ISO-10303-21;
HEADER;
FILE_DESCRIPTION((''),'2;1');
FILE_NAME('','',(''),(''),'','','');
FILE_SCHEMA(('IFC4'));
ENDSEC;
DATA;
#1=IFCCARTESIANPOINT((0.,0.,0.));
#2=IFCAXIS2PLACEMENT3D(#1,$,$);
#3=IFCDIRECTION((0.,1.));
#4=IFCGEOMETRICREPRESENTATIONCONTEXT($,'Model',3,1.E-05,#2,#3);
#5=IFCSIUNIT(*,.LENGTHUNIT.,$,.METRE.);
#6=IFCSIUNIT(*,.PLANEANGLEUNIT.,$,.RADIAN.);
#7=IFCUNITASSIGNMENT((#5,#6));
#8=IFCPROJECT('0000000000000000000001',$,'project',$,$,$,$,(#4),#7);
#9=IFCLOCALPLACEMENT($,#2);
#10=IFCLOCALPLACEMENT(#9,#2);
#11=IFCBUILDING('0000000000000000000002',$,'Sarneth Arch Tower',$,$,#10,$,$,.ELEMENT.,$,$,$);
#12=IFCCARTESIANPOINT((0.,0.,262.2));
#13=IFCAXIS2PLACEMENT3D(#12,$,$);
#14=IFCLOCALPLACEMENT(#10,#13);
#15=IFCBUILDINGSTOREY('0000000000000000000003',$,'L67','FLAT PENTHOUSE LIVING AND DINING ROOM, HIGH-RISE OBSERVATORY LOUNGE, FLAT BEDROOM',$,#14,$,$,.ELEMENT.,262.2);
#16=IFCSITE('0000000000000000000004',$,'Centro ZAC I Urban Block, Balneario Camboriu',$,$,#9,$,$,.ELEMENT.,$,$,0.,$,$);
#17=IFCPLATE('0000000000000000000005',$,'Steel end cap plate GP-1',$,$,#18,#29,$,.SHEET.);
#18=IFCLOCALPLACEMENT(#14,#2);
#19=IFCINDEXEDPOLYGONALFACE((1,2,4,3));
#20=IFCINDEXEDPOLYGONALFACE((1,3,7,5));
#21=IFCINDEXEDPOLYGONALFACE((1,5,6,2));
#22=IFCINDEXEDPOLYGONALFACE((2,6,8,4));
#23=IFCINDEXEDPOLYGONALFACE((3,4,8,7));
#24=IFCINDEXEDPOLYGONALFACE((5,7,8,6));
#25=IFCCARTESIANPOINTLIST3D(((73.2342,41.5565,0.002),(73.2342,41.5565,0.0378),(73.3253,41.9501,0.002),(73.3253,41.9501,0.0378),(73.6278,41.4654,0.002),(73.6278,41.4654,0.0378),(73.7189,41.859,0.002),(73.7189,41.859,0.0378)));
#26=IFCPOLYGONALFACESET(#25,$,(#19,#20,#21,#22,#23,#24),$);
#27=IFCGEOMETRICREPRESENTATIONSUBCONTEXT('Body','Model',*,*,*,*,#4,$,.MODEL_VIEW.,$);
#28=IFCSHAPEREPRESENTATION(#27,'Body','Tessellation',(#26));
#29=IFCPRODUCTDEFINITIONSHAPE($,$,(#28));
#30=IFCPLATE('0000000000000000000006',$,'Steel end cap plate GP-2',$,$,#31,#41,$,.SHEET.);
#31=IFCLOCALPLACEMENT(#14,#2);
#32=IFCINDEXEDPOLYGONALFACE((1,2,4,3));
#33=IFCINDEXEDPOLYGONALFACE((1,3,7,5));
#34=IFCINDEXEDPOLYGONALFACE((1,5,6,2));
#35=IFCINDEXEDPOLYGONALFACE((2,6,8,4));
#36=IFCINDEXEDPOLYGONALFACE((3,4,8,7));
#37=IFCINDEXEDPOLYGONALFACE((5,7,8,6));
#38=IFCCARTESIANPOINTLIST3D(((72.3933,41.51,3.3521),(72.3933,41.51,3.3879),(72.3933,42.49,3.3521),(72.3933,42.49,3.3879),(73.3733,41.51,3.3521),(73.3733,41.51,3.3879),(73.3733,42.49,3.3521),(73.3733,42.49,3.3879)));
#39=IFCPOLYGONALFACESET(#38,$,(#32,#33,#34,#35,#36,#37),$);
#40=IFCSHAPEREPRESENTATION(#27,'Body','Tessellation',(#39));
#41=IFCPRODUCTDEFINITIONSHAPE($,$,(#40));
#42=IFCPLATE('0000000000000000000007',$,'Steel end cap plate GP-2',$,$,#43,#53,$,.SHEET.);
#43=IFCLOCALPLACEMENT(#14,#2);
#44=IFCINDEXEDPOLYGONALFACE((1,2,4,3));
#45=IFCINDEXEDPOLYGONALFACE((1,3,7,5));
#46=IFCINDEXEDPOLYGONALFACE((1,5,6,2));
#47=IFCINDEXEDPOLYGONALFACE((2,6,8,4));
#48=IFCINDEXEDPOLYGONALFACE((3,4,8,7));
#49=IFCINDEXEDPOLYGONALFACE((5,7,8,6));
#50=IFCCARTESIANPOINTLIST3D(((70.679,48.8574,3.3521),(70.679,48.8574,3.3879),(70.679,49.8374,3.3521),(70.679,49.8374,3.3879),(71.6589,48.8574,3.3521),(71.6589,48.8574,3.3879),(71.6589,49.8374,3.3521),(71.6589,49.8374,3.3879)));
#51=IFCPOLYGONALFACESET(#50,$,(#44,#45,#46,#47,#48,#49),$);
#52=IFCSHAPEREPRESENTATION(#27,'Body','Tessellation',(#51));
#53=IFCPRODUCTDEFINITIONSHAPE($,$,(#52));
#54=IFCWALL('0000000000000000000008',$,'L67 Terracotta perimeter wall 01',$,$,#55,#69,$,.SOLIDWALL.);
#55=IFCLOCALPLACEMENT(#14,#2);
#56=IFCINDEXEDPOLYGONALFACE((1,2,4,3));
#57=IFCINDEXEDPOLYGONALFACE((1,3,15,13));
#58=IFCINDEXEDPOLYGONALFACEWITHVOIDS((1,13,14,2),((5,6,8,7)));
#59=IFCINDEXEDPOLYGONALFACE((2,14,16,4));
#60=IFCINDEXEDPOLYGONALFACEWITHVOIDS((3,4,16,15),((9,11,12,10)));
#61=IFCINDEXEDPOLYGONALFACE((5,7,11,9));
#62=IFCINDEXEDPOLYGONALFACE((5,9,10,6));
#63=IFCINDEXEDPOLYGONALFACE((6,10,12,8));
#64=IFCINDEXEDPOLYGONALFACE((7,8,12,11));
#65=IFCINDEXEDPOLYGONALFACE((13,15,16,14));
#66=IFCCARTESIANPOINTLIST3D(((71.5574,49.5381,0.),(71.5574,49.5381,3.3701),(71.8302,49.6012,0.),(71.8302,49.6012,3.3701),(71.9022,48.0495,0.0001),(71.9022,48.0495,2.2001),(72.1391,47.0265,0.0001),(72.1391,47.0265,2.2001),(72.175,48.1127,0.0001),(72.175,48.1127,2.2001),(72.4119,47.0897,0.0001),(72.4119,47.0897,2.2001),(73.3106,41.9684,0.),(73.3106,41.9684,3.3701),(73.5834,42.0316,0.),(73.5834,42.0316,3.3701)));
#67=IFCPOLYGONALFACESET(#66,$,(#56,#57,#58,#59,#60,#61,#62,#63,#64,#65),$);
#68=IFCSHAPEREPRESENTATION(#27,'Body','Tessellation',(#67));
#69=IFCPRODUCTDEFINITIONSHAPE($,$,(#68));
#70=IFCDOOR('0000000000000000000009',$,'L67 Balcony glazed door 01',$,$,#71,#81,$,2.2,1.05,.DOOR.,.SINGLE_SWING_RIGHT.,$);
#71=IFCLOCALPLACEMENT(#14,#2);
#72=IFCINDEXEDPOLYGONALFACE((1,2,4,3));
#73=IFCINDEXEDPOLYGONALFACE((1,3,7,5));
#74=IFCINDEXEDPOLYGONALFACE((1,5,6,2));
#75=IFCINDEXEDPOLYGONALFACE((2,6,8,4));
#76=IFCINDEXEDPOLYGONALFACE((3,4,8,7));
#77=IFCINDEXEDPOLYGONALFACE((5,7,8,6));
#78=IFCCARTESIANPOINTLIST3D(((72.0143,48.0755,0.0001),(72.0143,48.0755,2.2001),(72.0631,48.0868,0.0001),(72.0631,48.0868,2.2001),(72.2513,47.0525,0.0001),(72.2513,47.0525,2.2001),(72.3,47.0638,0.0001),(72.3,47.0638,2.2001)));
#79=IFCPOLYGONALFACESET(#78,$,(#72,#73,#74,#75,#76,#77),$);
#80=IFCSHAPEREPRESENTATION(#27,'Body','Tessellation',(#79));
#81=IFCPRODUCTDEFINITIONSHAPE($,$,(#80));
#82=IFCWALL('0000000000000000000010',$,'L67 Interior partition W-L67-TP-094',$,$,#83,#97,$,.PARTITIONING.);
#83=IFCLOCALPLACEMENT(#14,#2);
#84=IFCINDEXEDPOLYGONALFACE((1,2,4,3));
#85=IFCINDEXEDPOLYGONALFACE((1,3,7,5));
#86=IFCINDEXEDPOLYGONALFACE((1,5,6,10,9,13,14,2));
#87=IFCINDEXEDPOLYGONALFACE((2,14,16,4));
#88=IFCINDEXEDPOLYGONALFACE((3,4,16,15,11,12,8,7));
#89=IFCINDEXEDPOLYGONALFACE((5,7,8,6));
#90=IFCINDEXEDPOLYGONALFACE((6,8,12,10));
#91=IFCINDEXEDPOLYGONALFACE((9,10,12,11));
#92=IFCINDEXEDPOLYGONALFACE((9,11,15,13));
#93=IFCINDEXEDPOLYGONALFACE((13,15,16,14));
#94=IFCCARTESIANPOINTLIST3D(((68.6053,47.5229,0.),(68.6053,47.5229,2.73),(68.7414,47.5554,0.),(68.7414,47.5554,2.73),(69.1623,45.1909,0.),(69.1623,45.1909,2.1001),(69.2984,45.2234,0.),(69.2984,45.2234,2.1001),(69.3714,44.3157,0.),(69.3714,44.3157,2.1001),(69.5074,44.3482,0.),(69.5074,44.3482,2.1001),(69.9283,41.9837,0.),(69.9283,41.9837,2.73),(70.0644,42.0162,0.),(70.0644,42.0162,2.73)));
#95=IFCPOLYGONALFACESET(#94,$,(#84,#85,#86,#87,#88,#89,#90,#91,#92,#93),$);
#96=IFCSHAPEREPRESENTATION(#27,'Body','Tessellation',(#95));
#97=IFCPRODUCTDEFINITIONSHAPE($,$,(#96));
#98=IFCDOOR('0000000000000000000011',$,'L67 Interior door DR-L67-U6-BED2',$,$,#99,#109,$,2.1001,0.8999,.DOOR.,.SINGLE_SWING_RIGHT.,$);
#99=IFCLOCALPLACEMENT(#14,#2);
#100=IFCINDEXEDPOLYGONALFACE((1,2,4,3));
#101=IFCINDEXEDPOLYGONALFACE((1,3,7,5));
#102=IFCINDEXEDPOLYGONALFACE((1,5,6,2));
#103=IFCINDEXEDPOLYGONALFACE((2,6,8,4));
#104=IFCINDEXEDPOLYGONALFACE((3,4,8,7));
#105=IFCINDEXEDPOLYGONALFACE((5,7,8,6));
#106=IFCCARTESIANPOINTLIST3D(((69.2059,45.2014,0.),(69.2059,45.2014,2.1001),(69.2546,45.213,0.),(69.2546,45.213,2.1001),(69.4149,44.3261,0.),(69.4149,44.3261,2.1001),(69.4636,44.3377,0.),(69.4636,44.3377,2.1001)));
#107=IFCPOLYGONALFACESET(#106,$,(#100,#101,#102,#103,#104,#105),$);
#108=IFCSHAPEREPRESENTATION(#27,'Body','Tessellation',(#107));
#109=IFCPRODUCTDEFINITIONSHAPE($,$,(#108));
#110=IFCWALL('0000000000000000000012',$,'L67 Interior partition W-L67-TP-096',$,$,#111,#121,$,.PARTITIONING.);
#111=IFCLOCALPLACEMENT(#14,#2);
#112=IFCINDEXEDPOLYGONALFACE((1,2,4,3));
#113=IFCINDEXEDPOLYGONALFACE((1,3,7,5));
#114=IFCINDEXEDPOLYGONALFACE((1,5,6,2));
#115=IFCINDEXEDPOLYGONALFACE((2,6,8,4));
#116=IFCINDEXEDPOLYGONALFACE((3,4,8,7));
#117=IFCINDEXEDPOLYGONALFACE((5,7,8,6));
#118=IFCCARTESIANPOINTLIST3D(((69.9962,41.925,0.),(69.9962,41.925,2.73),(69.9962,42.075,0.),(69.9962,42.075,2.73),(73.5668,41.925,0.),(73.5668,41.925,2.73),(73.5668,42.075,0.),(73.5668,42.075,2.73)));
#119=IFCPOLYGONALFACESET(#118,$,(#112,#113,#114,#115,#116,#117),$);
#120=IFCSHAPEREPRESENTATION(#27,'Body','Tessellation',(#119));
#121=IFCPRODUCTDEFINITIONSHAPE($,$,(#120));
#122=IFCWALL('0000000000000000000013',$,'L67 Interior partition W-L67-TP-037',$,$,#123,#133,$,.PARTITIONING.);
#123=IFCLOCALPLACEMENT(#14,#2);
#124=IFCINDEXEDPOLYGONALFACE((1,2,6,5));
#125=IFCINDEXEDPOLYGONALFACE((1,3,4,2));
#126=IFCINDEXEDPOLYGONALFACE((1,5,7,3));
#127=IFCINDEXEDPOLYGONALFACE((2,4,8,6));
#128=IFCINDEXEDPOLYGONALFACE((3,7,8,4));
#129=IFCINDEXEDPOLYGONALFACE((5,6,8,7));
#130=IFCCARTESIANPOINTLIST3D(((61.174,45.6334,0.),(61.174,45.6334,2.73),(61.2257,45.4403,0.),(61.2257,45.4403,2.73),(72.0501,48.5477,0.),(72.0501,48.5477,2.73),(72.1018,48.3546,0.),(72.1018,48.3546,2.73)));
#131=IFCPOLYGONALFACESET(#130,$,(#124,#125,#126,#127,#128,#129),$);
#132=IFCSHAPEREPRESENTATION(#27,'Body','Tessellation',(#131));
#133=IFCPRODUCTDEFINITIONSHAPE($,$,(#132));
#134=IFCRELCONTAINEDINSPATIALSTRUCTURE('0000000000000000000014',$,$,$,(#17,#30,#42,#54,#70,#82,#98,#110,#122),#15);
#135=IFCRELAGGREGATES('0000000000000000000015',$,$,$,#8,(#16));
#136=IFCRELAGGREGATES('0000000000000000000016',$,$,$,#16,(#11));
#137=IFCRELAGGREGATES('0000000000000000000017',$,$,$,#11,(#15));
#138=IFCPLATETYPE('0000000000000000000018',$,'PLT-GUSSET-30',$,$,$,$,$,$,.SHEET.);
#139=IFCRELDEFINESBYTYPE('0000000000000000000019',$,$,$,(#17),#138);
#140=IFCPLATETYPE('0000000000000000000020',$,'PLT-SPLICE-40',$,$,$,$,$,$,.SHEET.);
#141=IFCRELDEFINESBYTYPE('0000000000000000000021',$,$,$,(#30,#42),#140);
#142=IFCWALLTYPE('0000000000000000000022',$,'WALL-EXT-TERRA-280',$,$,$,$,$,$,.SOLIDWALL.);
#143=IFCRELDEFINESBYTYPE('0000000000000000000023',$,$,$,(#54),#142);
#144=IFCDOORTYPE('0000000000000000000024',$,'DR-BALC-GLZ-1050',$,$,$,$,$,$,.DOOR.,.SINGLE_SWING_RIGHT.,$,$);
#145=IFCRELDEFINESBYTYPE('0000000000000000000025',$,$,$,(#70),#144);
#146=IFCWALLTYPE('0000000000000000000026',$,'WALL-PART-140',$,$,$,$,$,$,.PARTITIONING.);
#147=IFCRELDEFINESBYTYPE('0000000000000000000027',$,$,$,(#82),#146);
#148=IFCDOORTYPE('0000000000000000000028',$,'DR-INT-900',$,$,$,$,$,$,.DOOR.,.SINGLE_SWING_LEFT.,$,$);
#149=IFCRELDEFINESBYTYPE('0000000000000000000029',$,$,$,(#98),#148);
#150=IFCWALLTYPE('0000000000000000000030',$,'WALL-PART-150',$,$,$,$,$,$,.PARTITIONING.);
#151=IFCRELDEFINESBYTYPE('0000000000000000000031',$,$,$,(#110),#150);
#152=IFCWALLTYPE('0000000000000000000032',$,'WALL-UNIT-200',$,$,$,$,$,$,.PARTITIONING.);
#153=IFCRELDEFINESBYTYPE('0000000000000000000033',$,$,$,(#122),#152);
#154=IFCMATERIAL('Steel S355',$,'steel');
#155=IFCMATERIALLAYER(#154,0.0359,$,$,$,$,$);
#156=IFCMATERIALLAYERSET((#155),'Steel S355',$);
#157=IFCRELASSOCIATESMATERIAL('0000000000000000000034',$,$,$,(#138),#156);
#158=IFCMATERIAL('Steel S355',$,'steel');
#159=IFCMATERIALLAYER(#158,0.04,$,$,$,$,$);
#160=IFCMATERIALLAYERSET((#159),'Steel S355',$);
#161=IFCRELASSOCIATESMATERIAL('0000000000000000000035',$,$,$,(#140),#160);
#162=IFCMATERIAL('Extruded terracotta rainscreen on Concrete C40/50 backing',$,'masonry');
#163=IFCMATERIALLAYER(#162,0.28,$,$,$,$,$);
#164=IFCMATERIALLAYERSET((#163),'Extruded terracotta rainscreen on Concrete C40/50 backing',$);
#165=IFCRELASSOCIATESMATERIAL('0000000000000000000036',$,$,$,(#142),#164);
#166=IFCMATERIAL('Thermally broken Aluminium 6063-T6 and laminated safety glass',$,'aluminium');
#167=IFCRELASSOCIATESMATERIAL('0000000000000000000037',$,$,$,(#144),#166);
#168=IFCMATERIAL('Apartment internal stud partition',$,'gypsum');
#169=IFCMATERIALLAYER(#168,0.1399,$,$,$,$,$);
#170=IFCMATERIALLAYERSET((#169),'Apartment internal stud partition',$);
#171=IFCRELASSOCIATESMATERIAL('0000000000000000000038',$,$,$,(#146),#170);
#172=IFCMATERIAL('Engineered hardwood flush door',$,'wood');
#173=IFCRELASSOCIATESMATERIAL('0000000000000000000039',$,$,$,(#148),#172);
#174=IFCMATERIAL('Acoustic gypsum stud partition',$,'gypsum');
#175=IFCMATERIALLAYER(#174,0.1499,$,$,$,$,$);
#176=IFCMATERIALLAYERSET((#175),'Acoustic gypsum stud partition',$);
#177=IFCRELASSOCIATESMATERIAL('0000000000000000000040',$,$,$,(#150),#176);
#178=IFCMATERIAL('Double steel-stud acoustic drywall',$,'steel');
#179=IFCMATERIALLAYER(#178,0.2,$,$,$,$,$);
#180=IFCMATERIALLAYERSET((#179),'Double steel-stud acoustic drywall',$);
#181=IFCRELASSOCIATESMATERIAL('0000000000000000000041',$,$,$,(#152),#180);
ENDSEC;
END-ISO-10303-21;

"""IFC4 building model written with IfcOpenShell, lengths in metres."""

from ifc_helpers import new_model, si_unit, direction, frame, frame_2d, origin, origin_2d, place, context, subcontext, project, spatial, rectangle, extrude, material, layer, layer_set, type_object, element, fill, save


model = new_model("IFC4")

# Units and contexts
model_context = context("Model", 3, precision=1e-05, world=origin(), true_north=direction((0.0, 1.0)))
body_context = subcontext(model_context, "Body", "Model", "MODEL_VIEW")
ifc_project = project(units=[si_unit("LENGTHUNIT", "METRE"), si_unit("PLANEANGLEUNIT", "RADIAN")], contexts=[model_context])

# Site, building, storey
site_placement = place(None, origin())
site = spatial("IfcSite", under=ifc_project, at=site_placement, Name="Centro ZAC I Urban Block, Balneario Camboriu", CompositionType="ELEMENT", RefElevation=0.0)
building_placement = place(site_placement, origin())
building = spatial("IfcBuilding", under=site, at=building_placement, Name="Sarneth Arch Tower", CompositionType="ELEMENT")
storey_placement = place(building_placement, frame((0.0, 0.0, 262.2)))
storey = spatial("IfcBuildingStorey", under=building, at=storey_placement, Name="L67", Description="FLAT PENTHOUSE LIVING AND DINING ROOM, HIGH-RISE OBSERVATORY LOUNGE, FLAT BEDROOM", CompositionType="ELEMENT", Elevation=262.2)

# Plates
ifc_material_1 = material(Name="Steel S355", Category="steel")
ifc_layer_1 = layer(ifc_material_1, 0.0359)
ifc_layer_set_1 = layer_set([ifc_layer_1], Name="Steel S355")
plate_type_1 = type_object("IfcPlateType", Name="PLT-GUSSET-30", PredefinedType="SHEET", material=ifc_layer_set_1)
plate_1_placement = place(storey_placement, frame((73.4766, 41.7078, 0.002), z_axis=(0.0, 0.0, 1.0), x_axis=(0.225461, 0.974252, 0.0)))
element("IfcPlate", 1, at=plate_1_placement, inside=storey, type_object=plate_type_1, Name="Steel end cap plate GP-1", PredefinedType="SHEET", context=body_context, shape_type="SweptSolid", body=[
    extrude(rectangle(XDim=0.4041, YDim=0.4041, at=origin_2d()), origin(), (0.0, 0.0, 1.0), 0.0359),
])
ifc_material_2 = material(Name="Steel S355", Category="steel")
ifc_layer_2 = layer(ifc_material_2, 0.04)
ifc_layer_set_2 = layer_set([ifc_layer_2], Name="Steel S355")
plate_type_2 = type_object("IfcPlateType", Name="PLT-SPLICE-40", PredefinedType="SHEET", material=ifc_layer_set_2)
for number, where, z_axis, x_axis, name in (
    (2, (72.8833, 42.0, 3.3521), (0.0, 0.0, 1.0), (1.0, 0.0, 0.0), "Steel end cap plate GP-2"),
    (3, (71.1689, 49.3474, 3.3521), (0.0, 0.0, 1.0), (1.0, 0.0, 0.0), "Steel end cap plate GP-2"),
):
    element("IfcPlate", number, at=place(storey_placement, frame(where, z_axis=z_axis, x_axis=x_axis)), inside=storey, type_object=plate_type_2, Name=name, PredefinedType="SHEET", context=body_context, shape_type="SweptSolid", body=[
        extrude(rectangle(XDim=0.98, YDim=0.98, at=origin_2d()), origin(), (0.0, 0.0, 1.0), 0.0359),
    ])

# Walls, openings, doors
ifc_material_3 = material(Name="Extruded terracotta rainscreen on Concrete C40/50 backing", Category="masonry")
ifc_layer_3 = layer(ifc_material_3, 0.28)
ifc_layer_set_3 = layer_set([ifc_layer_3], Name="Extruded terracotta rainscreen on Concrete C40/50 backing")
wall_type_1 = type_object("IfcWallType", Name="WALL-EXT-TERRA-280", PredefinedType="SOLIDWALL", material=ifc_layer_set_3)
wall_1_placement = place(storey_placement, frame((73.447, 42.0, 0.0), z_axis=(0.0, 0.0, 1.0), x_axis=(-0.225635, 0.974212, 0.0)))
wall_1 = element("IfcWall", 4, at=wall_1_placement, inside=storey, type_object=wall_type_1, Name="L67 Terracotta perimeter wall 01", PredefinedType="SOLIDWALL", context=body_context, shape_type="SweptSolid", body=[
    extrude(rectangle(XDim=7.77, YDim=0.28, at=frame_2d((3.885, 0.0))), origin(), (0.0, 0.0, 1.0), 3.3701),
])
opening_1_placement = place(wall_1_placement, frame((5.1921, 0.0, 0.0)))
opening_1 = element("IfcOpeningElement", 5, at=opening_1_placement, cuts=wall_1, PredefinedType="OPENING", context=body_context, shape_type="SweptSolid", body=[
    extrude(rectangle(XDim=1.05, YDim=2.2, at=frame_2d((0.5249, 1.1001))), frame((0.0, 0.1499, 0.0), z_axis=(0.0, -1.0, 0.0), x_axis=(1.0, 0.0, 0.0)), (0.0, 0.0, 1.0), 0.3),
])
ifc_material_4 = material(Name="Thermally broken Aluminium 6063-T6 and laminated safety glass", Category="aluminium")
door_type_1 = type_object("IfcDoorType", Name="DR-BALC-GLZ-1050", OperationType="SINGLE_SWING_RIGHT", PredefinedType="DOOR", material=ifc_material_4)
door_1_placement = place(opening_1_placement, origin())
door_1 = element("IfcDoor", 6, at=door_1_placement, inside=storey, type_object=door_type_1, Name="L67 Balcony glazed door 01", OperationType="SINGLE_SWING_RIGHT", OverallHeight=2.2, OverallWidth=1.05, PredefinedType="DOOR", context=body_context, shape_type="SweptSolid", body=[
    extrude(rectangle(XDim=1.05, YDim=2.2, at=frame_2d((0.5249, 1.1001))), frame((0.0, 0.0249, 0.0), z_axis=(0.0, -1.0, 0.0), x_axis=(1.0, 0.0, 0.0)), (0.0, 0.0, 1.0), 0.05),
])
fill(opening_1, door_1)
ifc_material_5 = material(Name="Apartment internal stud partition", Category="gypsum")
ifc_layer_4 = layer(ifc_material_5, 0.1399)
ifc_layer_set_4 = layer_set([ifc_layer_4], Name="Apartment internal stud partition")
wall_type_2 = type_object("IfcWallType", Name="WALL-PART-140", PredefinedType="PARTITIONING", material=ifc_layer_set_4)
wall_2_placement = place(storey_placement, frame((68.6733, 47.5393, 0.0), z_axis=(0.0, 0.0, 1.0), x_axis=(0.232304, -0.972643, 0.0)))
wall_2 = element("IfcWall", 7, at=wall_2_placement, inside=storey, type_object=wall_type_2, Name="L67 Interior partition W-L67-TP-094", PredefinedType="PARTITIONING", context=body_context, shape_type="SweptSolid", body=[
    extrude(rectangle(XDim=5.6951, YDim=0.1399, at=frame_2d((2.8477, 0.0))), origin(), (0.0, 0.0, 1.0), 2.73),
])
opening_2_placement = place(wall_2_placement, frame((2.3977, 0.0, 0.0)))
opening_2 = element("IfcOpeningElement", 8, at=opening_2_placement, cuts=wall_2, PredefinedType="OPENING", context=body_context, shape_type="SweptSolid", body=[
    extrude(rectangle(XDim=0.8999, YDim=2.1001, at=frame_2d((0.45, 1.05))), frame((0.0, 0.0798, 0.0), z_axis=(0.0, -1.0, 0.0), x_axis=(1.0, 0.0, 0.0)), (0.0, 0.0, 1.0), 0.1599),
])
ifc_material_6 = material(Name="Engineered hardwood flush door", Category="wood")
door_type_2 = type_object("IfcDoorType", Name="DR-INT-900", OperationType="SINGLE_SWING_LEFT", PredefinedType="DOOR", material=ifc_material_6)
door_2_placement = place(opening_2_placement, origin())
door_2 = element("IfcDoor", 9, at=door_2_placement, inside=storey, type_object=door_type_2, Name="L67 Interior door DR-L67-U6-BED2", OperationType="SINGLE_SWING_RIGHT", OverallHeight=2.1001, OverallWidth=0.8999, PredefinedType="DOOR", context=body_context, shape_type="SweptSolid", body=[
    extrude(rectangle(XDim=0.8999, YDim=2.1001, at=frame_2d((0.45, 1.05))), frame((0.0, 0.0249, 0.0), z_axis=(0.0, -1.0, 0.0), x_axis=(1.0, 0.0, 0.0)), (0.0, 0.0, 1.0), 0.05),
])
fill(opening_2, door_2)

# Walls
ifc_material_7 = material(Name="Acoustic gypsum stud partition", Category="gypsum")
ifc_layer_5 = layer(ifc_material_7, 0.1499)
ifc_layer_set_5 = layer_set([ifc_layer_5], Name="Acoustic gypsum stud partition")
wall_type_3 = type_object("IfcWallType", Name="WALL-PART-150", PredefinedType="PARTITIONING", material=ifc_layer_set_5)
wall_3_placement = place(storey_placement, frame((69.9963, 42.0, 0.0), z_axis=(0.0, 0.0, 1.0), x_axis=(1.0, 0.0, 0.0)))
element("IfcWall", 10, at=wall_3_placement, inside=storey, type_object=wall_type_3, Name="L67 Interior partition W-L67-TP-096", PredefinedType="PARTITIONING", context=body_context, shape_type="SweptSolid", body=[
    extrude(rectangle(XDim=3.5706, YDim=0.1499, at=frame_2d((1.7852, 0.0))), origin(), (0.0, 0.0, 1.0), 2.73),
])
ifc_material_8 = material(Name="Double steel-stud acoustic drywall", Category="steel")
ifc_layer_6 = layer(ifc_material_8, 0.2)
ifc_layer_set_6 = layer_set([ifc_layer_6], Name="Double steel-stud acoustic drywall")
wall_type_4 = type_object("IfcWallType", Name="WALL-UNIT-200", PredefinedType="PARTITIONING", material=ifc_layer_set_6)
wall_4_placement = place(storey_placement, frame((72.0759, 48.4512, 0.0), z_axis=(0.0, 0.0, 1.0), x_axis=(-0.965924, -0.258827, 0.0)))
element("IfcWall", 11, at=wall_4_placement, inside=storey, type_object=wall_type_4, Name="L67 Interior partition W-L67-TP-037", PredefinedType="PARTITIONING", context=body_context, shape_type="SweptSolid", body=[
    extrude(rectangle(XDim=11.2598, YDim=0.2, at=frame_2d((5.6299, 0.0))), origin(), (0.0, 0.0, 1.0), 2.73),
])

save(model, "model.ifc")
